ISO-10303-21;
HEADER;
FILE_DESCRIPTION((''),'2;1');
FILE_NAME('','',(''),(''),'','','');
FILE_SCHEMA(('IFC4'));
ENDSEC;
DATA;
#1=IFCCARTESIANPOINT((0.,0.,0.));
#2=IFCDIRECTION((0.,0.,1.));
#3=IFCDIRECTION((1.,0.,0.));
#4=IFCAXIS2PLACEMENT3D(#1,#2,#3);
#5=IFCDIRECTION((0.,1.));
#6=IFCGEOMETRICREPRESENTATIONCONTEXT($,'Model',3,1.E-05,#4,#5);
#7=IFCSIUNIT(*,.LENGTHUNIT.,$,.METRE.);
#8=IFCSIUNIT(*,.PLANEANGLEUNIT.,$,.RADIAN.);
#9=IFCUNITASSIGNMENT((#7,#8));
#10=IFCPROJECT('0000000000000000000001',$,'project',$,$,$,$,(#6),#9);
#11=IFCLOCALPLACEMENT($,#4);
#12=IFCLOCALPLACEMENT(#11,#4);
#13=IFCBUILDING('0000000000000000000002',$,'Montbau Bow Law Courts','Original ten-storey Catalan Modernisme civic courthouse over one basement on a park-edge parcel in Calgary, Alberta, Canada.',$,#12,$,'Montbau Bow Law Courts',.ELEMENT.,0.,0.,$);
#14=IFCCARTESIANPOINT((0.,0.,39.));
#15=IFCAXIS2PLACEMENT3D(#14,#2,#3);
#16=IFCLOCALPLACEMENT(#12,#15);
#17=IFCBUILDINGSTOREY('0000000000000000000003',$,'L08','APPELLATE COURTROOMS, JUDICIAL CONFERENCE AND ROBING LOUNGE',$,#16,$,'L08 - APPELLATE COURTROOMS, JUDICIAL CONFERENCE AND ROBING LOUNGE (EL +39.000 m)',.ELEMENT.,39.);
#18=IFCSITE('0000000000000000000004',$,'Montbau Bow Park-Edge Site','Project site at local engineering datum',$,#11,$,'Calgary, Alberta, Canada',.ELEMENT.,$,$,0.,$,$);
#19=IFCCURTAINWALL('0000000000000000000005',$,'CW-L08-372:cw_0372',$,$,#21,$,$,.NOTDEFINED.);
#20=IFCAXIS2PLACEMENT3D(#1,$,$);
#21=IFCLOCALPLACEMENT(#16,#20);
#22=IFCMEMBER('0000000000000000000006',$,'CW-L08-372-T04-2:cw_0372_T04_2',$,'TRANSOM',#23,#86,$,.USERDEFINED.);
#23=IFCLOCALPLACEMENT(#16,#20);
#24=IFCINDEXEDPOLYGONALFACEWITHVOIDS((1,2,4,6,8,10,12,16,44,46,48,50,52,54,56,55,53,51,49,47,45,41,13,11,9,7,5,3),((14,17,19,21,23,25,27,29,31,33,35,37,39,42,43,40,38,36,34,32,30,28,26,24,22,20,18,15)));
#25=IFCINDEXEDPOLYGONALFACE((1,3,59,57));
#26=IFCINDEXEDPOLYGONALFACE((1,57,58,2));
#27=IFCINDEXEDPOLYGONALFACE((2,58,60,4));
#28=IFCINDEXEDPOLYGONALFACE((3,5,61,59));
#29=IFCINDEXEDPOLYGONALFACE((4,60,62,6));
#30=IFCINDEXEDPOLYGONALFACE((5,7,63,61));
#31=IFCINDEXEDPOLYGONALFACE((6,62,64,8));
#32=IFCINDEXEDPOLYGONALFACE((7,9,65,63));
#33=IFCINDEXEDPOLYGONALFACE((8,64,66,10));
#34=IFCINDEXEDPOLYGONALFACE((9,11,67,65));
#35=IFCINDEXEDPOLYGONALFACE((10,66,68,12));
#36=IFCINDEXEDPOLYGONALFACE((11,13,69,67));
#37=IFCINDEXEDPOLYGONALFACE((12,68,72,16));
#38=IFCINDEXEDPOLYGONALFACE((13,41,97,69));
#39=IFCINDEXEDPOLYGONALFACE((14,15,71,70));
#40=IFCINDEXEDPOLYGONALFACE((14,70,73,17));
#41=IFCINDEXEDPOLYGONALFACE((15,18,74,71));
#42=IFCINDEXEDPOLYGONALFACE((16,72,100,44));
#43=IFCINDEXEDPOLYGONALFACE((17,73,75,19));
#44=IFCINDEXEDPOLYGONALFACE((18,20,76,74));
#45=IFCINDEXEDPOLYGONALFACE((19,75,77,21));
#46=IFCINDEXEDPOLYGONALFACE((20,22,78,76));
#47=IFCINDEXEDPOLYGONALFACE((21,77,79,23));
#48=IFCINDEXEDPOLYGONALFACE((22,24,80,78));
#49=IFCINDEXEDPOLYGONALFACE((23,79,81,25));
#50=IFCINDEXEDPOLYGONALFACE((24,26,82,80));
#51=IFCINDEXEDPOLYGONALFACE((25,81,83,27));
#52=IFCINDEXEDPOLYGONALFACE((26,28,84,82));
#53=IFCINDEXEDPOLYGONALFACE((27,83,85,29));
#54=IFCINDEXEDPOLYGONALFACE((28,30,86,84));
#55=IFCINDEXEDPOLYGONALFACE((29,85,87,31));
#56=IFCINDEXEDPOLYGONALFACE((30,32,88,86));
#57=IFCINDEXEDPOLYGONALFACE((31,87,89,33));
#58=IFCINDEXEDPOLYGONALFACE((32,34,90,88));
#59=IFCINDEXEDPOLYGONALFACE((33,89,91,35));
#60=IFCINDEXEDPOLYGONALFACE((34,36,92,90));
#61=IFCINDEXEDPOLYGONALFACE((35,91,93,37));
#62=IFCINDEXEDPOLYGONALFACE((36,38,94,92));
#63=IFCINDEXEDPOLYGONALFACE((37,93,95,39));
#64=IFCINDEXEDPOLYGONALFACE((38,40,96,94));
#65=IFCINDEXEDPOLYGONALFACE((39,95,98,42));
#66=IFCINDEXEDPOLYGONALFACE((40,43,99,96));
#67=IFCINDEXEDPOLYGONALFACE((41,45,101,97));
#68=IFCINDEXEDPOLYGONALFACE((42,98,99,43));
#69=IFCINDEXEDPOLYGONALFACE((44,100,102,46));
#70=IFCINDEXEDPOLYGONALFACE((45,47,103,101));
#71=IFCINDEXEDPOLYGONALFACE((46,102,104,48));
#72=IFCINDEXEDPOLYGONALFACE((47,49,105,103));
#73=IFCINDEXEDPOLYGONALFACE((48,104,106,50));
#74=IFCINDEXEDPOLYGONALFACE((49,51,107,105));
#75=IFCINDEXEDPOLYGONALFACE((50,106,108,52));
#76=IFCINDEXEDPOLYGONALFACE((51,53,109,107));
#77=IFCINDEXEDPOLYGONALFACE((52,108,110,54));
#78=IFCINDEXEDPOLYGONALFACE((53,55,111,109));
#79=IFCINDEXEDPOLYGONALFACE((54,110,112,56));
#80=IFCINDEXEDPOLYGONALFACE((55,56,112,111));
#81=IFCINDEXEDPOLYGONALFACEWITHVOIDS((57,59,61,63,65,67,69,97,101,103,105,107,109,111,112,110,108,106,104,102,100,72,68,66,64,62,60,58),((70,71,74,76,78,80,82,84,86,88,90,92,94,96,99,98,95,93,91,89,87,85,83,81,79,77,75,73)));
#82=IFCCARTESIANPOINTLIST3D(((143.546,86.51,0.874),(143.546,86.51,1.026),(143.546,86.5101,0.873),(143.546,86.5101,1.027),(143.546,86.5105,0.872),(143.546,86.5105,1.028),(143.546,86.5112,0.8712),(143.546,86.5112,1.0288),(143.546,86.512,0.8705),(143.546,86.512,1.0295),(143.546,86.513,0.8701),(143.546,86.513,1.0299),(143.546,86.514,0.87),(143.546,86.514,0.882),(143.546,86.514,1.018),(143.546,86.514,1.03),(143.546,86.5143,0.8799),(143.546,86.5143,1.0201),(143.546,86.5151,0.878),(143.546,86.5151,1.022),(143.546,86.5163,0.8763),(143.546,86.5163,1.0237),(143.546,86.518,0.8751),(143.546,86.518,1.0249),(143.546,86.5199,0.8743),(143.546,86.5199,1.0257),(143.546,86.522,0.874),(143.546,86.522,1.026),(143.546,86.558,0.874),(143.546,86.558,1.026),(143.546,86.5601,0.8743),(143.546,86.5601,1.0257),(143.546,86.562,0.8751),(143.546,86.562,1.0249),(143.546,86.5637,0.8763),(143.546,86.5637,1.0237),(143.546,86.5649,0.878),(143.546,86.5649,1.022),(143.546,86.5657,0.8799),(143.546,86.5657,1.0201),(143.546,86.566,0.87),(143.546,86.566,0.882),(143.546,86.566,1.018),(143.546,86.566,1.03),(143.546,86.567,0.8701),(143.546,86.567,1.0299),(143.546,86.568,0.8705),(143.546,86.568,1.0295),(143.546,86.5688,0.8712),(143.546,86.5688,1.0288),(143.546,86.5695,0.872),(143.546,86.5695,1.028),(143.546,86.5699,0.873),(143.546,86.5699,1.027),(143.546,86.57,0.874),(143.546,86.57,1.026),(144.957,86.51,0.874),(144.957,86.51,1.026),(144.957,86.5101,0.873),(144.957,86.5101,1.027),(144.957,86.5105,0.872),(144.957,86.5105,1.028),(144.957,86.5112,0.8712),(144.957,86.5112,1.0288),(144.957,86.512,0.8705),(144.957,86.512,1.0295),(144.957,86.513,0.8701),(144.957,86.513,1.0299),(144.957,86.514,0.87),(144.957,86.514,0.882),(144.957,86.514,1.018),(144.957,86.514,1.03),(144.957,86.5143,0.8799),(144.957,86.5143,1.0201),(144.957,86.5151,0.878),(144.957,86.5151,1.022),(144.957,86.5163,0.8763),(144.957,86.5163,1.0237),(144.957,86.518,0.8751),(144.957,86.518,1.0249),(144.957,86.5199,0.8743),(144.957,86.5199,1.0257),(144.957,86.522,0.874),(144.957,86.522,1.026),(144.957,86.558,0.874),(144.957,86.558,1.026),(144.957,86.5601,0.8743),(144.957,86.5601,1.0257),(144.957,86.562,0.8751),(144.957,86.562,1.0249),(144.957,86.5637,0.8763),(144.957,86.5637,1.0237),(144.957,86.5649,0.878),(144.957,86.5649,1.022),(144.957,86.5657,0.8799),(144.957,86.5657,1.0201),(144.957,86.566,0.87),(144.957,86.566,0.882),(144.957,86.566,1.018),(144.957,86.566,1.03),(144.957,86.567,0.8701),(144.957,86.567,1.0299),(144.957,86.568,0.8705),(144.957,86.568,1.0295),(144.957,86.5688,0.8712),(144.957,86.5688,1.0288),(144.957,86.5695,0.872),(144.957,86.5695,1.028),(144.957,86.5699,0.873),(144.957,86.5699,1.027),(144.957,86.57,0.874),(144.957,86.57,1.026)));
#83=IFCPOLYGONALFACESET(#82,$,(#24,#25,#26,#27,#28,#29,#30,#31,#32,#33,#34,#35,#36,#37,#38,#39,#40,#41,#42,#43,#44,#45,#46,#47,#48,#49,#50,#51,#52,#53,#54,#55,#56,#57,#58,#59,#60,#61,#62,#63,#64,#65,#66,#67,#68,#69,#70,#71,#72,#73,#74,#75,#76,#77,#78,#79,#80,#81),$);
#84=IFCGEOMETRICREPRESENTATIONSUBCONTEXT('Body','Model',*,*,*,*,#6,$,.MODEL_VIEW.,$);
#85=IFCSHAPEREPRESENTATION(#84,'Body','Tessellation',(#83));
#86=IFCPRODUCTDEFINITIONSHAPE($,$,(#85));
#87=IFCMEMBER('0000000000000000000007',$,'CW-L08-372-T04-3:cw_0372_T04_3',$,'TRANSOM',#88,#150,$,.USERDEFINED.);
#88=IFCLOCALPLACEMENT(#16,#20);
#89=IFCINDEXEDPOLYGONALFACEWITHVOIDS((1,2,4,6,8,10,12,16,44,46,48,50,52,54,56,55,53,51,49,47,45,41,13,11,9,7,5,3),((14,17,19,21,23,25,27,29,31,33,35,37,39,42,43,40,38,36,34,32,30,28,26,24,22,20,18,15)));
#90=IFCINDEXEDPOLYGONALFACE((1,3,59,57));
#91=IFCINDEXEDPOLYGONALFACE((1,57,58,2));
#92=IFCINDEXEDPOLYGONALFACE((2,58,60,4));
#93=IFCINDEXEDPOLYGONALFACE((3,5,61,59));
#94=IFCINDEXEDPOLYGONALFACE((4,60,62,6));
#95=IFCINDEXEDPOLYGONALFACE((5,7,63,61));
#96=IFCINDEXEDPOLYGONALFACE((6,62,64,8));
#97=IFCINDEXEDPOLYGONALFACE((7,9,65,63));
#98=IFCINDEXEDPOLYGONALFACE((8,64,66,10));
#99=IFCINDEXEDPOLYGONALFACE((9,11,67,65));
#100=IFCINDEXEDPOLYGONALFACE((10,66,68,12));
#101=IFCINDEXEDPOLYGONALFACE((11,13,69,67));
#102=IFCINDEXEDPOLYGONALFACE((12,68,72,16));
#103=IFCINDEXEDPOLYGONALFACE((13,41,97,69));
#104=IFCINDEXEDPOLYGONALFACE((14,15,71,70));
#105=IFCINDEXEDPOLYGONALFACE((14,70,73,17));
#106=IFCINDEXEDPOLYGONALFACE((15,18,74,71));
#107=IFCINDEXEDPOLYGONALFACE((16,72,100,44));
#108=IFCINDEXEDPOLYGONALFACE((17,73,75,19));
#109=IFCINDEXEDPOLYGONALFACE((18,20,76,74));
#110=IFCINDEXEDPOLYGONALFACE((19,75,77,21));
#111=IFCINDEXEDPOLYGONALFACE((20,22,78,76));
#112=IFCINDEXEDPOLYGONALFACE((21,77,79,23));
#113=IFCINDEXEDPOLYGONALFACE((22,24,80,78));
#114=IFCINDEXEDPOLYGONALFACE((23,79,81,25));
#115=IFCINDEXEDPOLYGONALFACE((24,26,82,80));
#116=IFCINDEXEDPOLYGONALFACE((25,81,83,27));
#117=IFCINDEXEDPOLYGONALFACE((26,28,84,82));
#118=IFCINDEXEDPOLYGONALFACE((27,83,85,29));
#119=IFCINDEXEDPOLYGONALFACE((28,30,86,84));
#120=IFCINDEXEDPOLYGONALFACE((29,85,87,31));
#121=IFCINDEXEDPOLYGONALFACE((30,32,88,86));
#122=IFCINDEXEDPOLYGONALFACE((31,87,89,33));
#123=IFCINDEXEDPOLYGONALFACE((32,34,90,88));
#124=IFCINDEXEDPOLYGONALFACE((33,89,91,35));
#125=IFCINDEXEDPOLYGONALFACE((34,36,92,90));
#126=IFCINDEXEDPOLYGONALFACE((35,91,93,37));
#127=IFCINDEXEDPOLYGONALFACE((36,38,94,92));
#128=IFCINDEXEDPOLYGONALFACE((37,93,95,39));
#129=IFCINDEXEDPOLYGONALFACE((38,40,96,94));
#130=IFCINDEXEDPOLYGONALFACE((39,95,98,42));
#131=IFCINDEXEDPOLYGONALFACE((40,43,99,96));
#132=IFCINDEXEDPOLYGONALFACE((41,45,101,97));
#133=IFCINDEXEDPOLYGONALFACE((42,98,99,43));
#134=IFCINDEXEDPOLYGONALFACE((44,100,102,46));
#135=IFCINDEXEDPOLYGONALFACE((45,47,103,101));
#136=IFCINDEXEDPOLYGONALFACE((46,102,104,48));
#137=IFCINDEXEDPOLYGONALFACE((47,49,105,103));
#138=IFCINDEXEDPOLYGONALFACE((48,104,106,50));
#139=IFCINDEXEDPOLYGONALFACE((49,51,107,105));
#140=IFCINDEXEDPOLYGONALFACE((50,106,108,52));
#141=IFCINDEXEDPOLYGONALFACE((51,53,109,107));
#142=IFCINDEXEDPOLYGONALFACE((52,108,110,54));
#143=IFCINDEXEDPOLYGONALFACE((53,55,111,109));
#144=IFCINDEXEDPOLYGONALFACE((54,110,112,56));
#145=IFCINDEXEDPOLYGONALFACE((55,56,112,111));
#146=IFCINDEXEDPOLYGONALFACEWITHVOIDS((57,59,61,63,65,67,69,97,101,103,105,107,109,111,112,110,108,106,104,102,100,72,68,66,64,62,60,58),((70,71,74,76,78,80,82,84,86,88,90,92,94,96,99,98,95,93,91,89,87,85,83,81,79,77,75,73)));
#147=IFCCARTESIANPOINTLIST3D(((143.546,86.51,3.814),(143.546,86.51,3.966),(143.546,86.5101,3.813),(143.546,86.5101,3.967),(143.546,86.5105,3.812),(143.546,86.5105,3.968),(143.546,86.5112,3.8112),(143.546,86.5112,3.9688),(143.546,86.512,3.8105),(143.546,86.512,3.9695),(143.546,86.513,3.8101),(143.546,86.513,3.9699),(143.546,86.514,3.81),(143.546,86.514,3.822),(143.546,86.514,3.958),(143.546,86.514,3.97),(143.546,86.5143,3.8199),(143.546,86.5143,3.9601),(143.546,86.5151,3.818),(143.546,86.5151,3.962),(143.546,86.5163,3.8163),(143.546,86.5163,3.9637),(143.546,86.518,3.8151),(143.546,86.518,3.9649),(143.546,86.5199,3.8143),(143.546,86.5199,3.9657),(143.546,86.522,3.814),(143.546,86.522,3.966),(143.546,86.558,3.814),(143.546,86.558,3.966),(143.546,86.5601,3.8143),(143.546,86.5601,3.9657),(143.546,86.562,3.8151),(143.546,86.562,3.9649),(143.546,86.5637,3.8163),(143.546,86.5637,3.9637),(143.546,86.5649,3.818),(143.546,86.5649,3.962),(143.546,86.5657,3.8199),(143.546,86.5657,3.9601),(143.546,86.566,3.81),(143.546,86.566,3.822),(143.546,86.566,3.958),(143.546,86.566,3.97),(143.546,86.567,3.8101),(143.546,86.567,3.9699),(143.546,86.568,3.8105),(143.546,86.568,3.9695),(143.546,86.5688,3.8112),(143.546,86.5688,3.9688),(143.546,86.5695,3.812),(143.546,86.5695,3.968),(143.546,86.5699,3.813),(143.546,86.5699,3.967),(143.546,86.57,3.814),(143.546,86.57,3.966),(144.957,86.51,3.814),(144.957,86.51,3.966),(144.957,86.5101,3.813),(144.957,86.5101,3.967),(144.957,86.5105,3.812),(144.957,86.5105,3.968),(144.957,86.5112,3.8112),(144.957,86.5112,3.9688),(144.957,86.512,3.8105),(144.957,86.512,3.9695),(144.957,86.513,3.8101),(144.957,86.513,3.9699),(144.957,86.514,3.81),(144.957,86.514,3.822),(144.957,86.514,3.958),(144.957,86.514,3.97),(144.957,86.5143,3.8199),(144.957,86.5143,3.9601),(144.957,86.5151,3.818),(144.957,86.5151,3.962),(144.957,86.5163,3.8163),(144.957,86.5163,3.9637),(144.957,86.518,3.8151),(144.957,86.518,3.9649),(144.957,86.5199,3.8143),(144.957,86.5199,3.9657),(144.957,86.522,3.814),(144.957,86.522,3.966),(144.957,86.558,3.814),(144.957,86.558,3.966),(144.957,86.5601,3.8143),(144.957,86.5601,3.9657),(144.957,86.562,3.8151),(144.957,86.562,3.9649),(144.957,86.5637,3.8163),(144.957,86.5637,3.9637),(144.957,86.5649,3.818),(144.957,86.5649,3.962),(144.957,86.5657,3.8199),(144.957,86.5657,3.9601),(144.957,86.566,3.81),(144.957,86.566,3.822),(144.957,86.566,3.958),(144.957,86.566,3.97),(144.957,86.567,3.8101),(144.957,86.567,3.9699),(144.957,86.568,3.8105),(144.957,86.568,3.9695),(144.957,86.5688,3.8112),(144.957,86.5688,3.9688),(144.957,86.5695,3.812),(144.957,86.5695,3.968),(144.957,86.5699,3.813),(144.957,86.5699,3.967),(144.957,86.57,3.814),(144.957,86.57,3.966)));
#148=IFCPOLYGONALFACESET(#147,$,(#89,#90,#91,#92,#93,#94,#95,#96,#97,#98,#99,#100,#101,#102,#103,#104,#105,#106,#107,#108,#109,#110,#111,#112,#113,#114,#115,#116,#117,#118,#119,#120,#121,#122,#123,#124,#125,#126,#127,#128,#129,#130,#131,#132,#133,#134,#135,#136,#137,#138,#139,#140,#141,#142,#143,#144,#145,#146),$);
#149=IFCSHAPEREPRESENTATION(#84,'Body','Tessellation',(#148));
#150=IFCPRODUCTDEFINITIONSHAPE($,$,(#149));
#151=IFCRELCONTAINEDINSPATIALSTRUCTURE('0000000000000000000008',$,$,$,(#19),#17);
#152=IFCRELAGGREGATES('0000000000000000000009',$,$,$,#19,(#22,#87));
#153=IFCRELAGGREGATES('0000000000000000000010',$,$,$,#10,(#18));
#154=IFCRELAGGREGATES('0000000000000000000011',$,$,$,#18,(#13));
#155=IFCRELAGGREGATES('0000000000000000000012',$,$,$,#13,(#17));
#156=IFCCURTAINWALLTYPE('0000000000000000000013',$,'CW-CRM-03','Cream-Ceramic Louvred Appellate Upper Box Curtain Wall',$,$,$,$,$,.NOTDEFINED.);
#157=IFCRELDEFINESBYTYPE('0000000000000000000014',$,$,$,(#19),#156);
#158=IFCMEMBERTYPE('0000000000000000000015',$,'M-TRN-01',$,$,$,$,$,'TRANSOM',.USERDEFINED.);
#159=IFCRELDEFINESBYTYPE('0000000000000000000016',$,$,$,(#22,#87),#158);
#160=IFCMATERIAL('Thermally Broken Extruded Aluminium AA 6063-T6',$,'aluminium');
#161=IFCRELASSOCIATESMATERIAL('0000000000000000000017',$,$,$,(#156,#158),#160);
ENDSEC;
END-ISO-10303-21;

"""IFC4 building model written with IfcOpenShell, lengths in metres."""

from ifc_helpers import new_model, si_unit, direction, frame, origin_with_axes, origin_2d_with_axis, place, context, subcontext, project, spatial, hollow_rectangle, extrude, material, material_profile, profile_set, type_object, element, aggregate, save


model = new_model("IFC4")

# Units and contexts
model_context = context("Model", 3, precision=1e-05, world=origin_with_axes(), true_north=direction((0.0, 1.0)))
body_context = subcontext(model_context, "Body", "Model", "MODEL_VIEW")
ifc_project = project(units=[si_unit("LENGTHUNIT", "METRE"), si_unit("PLANEANGLEUNIT", "RADIAN")], contexts=[model_context])

# Site, building, storey
site_placement = place(None, origin_with_axes())
site = spatial("IfcSite", under=ifc_project, at=site_placement, Name="Montbau Bow Park-Edge Site", Description="Project site at local engineering datum", LongName="Calgary, Alberta, Canada", CompositionType="ELEMENT", RefElevation=0.0)
building_placement = place(site_placement, origin_with_axes())
building = spatial("IfcBuilding", under=site, at=building_placement, Name="Montbau Bow Law Courts", Description="Original ten-storey Catalan Modernisme civic courthouse over one basement on a park-edge parcel in Calgary, Alberta, Canada.", LongName="Montbau Bow Law Courts", CompositionType="ELEMENT", ElevationOfRefHeight=0.0, ElevationOfTerrain=0.0)
storey_placement = place(building_placement, frame((0.0, 0.0, 39.0), z_axis=(0.0, 0.0, 1.0), x_axis=(1.0, 0.0, 0.0)))
storey = spatial("IfcBuildingStorey", under=building, at=storey_placement, Name="L08", Description="APPELLATE COURTROOMS, JUDICIAL CONFERENCE AND ROBING LOUNGE", LongName="L08 - APPELLATE COURTROOMS, JUDICIAL CONFERENCE AND ROBING LOUNGE (EL +39.000 m)", CompositionType="ELEMENT", Elevation=39.0)

# Curtain wall, members
ifc_material_1 = material(Name="Thermally Broken Extruded Aluminium AA 6063-T6", Category="aluminium")
curtain_wall_type = type_object("IfcCurtainWallType", Name="CW-CRM-03", Description="Cream-Ceramic Louvred Appellate Upper Box Curtain Wall", PredefinedType="NOTDEFINED", material=ifc_material_1)
curtain_wall_1_placement = place(None, frame((139.04, 86.54, 39.0), z_axis=(0.0, 0.0, 1.0), x_axis=(1.0, 0.0, 0.0)))
curtain_wall_1 = element("IfcCurtainWall", 1, at=curtain_wall_1_placement, inside=storey, type_object=curtain_wall_type, Name="CW-L08-372:cw_0372", PredefinedType="NOTDEFINED")
ifc_material_profile_1 = material_profile(ifc_material_1, hollow_rectangle(XDim=0.06, YDim=0.16, WallThickness=0.004, InnerFilletRadius=0.008, OuterFilletRadius=0.004, at=origin_2d_with_axis()), Name="CWT-160X60", Category="Main", Priority=0)
ifc_profile_set_1 = profile_set([ifc_material_profile_1], Name="Thermally Broken Extruded Aluminium AA 6063-T6")
member_type_1 = type_object("IfcMemberType", Name="M-TRN-01", ElementType="TRANSOM", PredefinedType="USERDEFINED", material=ifc_profile_set_1)
member_1_placement = place(None, frame((143.546, 86.54, 39.95), z_axis=(1.0, 0.0, 0.0), x_axis=(0.0, 1.0, 0.0)))
member_1 = element("IfcMember", 2, at=member_1_placement, type_object=member_type_1, Name="CW-L08-372-T04-2:cw_0372_T04_2", ObjectType="TRANSOM", PredefinedType="USERDEFINED", context=body_context, shape_type="SweptSolid", body=[
    extrude(hollow_rectangle(XDim=0.06, YDim=0.16, WallThickness=0.004, InnerFilletRadius=0.008, OuterFilletRadius=0.004, at=origin_2d_with_axis()), origin_with_axes(), (0.0, 0.0, 1.0), 1.411),
])
member_2_placement = place(None, frame((143.546, 86.54, 42.89), z_axis=(1.0, 0.0, 0.0), x_axis=(0.0, 1.0, 0.0)))
member_2 = element("IfcMember", 3, at=member_2_placement, type_object=member_type_1, Name="CW-L08-372-T04-3:cw_0372_T04_3", ObjectType="TRANSOM", PredefinedType="USERDEFINED", context=body_context, shape_type="SweptSolid", body=[
    extrude(hollow_rectangle(XDim=0.06, YDim=0.16, WallThickness=0.004, InnerFilletRadius=0.008, OuterFilletRadius=0.004, at=origin_2d_with_axis()), origin_with_axes(), (0.0, 0.0, 1.0), 1.411),
])
aggregate(curtain_wall_1, [member_1, member_2])

save(model, "model.ifc")
